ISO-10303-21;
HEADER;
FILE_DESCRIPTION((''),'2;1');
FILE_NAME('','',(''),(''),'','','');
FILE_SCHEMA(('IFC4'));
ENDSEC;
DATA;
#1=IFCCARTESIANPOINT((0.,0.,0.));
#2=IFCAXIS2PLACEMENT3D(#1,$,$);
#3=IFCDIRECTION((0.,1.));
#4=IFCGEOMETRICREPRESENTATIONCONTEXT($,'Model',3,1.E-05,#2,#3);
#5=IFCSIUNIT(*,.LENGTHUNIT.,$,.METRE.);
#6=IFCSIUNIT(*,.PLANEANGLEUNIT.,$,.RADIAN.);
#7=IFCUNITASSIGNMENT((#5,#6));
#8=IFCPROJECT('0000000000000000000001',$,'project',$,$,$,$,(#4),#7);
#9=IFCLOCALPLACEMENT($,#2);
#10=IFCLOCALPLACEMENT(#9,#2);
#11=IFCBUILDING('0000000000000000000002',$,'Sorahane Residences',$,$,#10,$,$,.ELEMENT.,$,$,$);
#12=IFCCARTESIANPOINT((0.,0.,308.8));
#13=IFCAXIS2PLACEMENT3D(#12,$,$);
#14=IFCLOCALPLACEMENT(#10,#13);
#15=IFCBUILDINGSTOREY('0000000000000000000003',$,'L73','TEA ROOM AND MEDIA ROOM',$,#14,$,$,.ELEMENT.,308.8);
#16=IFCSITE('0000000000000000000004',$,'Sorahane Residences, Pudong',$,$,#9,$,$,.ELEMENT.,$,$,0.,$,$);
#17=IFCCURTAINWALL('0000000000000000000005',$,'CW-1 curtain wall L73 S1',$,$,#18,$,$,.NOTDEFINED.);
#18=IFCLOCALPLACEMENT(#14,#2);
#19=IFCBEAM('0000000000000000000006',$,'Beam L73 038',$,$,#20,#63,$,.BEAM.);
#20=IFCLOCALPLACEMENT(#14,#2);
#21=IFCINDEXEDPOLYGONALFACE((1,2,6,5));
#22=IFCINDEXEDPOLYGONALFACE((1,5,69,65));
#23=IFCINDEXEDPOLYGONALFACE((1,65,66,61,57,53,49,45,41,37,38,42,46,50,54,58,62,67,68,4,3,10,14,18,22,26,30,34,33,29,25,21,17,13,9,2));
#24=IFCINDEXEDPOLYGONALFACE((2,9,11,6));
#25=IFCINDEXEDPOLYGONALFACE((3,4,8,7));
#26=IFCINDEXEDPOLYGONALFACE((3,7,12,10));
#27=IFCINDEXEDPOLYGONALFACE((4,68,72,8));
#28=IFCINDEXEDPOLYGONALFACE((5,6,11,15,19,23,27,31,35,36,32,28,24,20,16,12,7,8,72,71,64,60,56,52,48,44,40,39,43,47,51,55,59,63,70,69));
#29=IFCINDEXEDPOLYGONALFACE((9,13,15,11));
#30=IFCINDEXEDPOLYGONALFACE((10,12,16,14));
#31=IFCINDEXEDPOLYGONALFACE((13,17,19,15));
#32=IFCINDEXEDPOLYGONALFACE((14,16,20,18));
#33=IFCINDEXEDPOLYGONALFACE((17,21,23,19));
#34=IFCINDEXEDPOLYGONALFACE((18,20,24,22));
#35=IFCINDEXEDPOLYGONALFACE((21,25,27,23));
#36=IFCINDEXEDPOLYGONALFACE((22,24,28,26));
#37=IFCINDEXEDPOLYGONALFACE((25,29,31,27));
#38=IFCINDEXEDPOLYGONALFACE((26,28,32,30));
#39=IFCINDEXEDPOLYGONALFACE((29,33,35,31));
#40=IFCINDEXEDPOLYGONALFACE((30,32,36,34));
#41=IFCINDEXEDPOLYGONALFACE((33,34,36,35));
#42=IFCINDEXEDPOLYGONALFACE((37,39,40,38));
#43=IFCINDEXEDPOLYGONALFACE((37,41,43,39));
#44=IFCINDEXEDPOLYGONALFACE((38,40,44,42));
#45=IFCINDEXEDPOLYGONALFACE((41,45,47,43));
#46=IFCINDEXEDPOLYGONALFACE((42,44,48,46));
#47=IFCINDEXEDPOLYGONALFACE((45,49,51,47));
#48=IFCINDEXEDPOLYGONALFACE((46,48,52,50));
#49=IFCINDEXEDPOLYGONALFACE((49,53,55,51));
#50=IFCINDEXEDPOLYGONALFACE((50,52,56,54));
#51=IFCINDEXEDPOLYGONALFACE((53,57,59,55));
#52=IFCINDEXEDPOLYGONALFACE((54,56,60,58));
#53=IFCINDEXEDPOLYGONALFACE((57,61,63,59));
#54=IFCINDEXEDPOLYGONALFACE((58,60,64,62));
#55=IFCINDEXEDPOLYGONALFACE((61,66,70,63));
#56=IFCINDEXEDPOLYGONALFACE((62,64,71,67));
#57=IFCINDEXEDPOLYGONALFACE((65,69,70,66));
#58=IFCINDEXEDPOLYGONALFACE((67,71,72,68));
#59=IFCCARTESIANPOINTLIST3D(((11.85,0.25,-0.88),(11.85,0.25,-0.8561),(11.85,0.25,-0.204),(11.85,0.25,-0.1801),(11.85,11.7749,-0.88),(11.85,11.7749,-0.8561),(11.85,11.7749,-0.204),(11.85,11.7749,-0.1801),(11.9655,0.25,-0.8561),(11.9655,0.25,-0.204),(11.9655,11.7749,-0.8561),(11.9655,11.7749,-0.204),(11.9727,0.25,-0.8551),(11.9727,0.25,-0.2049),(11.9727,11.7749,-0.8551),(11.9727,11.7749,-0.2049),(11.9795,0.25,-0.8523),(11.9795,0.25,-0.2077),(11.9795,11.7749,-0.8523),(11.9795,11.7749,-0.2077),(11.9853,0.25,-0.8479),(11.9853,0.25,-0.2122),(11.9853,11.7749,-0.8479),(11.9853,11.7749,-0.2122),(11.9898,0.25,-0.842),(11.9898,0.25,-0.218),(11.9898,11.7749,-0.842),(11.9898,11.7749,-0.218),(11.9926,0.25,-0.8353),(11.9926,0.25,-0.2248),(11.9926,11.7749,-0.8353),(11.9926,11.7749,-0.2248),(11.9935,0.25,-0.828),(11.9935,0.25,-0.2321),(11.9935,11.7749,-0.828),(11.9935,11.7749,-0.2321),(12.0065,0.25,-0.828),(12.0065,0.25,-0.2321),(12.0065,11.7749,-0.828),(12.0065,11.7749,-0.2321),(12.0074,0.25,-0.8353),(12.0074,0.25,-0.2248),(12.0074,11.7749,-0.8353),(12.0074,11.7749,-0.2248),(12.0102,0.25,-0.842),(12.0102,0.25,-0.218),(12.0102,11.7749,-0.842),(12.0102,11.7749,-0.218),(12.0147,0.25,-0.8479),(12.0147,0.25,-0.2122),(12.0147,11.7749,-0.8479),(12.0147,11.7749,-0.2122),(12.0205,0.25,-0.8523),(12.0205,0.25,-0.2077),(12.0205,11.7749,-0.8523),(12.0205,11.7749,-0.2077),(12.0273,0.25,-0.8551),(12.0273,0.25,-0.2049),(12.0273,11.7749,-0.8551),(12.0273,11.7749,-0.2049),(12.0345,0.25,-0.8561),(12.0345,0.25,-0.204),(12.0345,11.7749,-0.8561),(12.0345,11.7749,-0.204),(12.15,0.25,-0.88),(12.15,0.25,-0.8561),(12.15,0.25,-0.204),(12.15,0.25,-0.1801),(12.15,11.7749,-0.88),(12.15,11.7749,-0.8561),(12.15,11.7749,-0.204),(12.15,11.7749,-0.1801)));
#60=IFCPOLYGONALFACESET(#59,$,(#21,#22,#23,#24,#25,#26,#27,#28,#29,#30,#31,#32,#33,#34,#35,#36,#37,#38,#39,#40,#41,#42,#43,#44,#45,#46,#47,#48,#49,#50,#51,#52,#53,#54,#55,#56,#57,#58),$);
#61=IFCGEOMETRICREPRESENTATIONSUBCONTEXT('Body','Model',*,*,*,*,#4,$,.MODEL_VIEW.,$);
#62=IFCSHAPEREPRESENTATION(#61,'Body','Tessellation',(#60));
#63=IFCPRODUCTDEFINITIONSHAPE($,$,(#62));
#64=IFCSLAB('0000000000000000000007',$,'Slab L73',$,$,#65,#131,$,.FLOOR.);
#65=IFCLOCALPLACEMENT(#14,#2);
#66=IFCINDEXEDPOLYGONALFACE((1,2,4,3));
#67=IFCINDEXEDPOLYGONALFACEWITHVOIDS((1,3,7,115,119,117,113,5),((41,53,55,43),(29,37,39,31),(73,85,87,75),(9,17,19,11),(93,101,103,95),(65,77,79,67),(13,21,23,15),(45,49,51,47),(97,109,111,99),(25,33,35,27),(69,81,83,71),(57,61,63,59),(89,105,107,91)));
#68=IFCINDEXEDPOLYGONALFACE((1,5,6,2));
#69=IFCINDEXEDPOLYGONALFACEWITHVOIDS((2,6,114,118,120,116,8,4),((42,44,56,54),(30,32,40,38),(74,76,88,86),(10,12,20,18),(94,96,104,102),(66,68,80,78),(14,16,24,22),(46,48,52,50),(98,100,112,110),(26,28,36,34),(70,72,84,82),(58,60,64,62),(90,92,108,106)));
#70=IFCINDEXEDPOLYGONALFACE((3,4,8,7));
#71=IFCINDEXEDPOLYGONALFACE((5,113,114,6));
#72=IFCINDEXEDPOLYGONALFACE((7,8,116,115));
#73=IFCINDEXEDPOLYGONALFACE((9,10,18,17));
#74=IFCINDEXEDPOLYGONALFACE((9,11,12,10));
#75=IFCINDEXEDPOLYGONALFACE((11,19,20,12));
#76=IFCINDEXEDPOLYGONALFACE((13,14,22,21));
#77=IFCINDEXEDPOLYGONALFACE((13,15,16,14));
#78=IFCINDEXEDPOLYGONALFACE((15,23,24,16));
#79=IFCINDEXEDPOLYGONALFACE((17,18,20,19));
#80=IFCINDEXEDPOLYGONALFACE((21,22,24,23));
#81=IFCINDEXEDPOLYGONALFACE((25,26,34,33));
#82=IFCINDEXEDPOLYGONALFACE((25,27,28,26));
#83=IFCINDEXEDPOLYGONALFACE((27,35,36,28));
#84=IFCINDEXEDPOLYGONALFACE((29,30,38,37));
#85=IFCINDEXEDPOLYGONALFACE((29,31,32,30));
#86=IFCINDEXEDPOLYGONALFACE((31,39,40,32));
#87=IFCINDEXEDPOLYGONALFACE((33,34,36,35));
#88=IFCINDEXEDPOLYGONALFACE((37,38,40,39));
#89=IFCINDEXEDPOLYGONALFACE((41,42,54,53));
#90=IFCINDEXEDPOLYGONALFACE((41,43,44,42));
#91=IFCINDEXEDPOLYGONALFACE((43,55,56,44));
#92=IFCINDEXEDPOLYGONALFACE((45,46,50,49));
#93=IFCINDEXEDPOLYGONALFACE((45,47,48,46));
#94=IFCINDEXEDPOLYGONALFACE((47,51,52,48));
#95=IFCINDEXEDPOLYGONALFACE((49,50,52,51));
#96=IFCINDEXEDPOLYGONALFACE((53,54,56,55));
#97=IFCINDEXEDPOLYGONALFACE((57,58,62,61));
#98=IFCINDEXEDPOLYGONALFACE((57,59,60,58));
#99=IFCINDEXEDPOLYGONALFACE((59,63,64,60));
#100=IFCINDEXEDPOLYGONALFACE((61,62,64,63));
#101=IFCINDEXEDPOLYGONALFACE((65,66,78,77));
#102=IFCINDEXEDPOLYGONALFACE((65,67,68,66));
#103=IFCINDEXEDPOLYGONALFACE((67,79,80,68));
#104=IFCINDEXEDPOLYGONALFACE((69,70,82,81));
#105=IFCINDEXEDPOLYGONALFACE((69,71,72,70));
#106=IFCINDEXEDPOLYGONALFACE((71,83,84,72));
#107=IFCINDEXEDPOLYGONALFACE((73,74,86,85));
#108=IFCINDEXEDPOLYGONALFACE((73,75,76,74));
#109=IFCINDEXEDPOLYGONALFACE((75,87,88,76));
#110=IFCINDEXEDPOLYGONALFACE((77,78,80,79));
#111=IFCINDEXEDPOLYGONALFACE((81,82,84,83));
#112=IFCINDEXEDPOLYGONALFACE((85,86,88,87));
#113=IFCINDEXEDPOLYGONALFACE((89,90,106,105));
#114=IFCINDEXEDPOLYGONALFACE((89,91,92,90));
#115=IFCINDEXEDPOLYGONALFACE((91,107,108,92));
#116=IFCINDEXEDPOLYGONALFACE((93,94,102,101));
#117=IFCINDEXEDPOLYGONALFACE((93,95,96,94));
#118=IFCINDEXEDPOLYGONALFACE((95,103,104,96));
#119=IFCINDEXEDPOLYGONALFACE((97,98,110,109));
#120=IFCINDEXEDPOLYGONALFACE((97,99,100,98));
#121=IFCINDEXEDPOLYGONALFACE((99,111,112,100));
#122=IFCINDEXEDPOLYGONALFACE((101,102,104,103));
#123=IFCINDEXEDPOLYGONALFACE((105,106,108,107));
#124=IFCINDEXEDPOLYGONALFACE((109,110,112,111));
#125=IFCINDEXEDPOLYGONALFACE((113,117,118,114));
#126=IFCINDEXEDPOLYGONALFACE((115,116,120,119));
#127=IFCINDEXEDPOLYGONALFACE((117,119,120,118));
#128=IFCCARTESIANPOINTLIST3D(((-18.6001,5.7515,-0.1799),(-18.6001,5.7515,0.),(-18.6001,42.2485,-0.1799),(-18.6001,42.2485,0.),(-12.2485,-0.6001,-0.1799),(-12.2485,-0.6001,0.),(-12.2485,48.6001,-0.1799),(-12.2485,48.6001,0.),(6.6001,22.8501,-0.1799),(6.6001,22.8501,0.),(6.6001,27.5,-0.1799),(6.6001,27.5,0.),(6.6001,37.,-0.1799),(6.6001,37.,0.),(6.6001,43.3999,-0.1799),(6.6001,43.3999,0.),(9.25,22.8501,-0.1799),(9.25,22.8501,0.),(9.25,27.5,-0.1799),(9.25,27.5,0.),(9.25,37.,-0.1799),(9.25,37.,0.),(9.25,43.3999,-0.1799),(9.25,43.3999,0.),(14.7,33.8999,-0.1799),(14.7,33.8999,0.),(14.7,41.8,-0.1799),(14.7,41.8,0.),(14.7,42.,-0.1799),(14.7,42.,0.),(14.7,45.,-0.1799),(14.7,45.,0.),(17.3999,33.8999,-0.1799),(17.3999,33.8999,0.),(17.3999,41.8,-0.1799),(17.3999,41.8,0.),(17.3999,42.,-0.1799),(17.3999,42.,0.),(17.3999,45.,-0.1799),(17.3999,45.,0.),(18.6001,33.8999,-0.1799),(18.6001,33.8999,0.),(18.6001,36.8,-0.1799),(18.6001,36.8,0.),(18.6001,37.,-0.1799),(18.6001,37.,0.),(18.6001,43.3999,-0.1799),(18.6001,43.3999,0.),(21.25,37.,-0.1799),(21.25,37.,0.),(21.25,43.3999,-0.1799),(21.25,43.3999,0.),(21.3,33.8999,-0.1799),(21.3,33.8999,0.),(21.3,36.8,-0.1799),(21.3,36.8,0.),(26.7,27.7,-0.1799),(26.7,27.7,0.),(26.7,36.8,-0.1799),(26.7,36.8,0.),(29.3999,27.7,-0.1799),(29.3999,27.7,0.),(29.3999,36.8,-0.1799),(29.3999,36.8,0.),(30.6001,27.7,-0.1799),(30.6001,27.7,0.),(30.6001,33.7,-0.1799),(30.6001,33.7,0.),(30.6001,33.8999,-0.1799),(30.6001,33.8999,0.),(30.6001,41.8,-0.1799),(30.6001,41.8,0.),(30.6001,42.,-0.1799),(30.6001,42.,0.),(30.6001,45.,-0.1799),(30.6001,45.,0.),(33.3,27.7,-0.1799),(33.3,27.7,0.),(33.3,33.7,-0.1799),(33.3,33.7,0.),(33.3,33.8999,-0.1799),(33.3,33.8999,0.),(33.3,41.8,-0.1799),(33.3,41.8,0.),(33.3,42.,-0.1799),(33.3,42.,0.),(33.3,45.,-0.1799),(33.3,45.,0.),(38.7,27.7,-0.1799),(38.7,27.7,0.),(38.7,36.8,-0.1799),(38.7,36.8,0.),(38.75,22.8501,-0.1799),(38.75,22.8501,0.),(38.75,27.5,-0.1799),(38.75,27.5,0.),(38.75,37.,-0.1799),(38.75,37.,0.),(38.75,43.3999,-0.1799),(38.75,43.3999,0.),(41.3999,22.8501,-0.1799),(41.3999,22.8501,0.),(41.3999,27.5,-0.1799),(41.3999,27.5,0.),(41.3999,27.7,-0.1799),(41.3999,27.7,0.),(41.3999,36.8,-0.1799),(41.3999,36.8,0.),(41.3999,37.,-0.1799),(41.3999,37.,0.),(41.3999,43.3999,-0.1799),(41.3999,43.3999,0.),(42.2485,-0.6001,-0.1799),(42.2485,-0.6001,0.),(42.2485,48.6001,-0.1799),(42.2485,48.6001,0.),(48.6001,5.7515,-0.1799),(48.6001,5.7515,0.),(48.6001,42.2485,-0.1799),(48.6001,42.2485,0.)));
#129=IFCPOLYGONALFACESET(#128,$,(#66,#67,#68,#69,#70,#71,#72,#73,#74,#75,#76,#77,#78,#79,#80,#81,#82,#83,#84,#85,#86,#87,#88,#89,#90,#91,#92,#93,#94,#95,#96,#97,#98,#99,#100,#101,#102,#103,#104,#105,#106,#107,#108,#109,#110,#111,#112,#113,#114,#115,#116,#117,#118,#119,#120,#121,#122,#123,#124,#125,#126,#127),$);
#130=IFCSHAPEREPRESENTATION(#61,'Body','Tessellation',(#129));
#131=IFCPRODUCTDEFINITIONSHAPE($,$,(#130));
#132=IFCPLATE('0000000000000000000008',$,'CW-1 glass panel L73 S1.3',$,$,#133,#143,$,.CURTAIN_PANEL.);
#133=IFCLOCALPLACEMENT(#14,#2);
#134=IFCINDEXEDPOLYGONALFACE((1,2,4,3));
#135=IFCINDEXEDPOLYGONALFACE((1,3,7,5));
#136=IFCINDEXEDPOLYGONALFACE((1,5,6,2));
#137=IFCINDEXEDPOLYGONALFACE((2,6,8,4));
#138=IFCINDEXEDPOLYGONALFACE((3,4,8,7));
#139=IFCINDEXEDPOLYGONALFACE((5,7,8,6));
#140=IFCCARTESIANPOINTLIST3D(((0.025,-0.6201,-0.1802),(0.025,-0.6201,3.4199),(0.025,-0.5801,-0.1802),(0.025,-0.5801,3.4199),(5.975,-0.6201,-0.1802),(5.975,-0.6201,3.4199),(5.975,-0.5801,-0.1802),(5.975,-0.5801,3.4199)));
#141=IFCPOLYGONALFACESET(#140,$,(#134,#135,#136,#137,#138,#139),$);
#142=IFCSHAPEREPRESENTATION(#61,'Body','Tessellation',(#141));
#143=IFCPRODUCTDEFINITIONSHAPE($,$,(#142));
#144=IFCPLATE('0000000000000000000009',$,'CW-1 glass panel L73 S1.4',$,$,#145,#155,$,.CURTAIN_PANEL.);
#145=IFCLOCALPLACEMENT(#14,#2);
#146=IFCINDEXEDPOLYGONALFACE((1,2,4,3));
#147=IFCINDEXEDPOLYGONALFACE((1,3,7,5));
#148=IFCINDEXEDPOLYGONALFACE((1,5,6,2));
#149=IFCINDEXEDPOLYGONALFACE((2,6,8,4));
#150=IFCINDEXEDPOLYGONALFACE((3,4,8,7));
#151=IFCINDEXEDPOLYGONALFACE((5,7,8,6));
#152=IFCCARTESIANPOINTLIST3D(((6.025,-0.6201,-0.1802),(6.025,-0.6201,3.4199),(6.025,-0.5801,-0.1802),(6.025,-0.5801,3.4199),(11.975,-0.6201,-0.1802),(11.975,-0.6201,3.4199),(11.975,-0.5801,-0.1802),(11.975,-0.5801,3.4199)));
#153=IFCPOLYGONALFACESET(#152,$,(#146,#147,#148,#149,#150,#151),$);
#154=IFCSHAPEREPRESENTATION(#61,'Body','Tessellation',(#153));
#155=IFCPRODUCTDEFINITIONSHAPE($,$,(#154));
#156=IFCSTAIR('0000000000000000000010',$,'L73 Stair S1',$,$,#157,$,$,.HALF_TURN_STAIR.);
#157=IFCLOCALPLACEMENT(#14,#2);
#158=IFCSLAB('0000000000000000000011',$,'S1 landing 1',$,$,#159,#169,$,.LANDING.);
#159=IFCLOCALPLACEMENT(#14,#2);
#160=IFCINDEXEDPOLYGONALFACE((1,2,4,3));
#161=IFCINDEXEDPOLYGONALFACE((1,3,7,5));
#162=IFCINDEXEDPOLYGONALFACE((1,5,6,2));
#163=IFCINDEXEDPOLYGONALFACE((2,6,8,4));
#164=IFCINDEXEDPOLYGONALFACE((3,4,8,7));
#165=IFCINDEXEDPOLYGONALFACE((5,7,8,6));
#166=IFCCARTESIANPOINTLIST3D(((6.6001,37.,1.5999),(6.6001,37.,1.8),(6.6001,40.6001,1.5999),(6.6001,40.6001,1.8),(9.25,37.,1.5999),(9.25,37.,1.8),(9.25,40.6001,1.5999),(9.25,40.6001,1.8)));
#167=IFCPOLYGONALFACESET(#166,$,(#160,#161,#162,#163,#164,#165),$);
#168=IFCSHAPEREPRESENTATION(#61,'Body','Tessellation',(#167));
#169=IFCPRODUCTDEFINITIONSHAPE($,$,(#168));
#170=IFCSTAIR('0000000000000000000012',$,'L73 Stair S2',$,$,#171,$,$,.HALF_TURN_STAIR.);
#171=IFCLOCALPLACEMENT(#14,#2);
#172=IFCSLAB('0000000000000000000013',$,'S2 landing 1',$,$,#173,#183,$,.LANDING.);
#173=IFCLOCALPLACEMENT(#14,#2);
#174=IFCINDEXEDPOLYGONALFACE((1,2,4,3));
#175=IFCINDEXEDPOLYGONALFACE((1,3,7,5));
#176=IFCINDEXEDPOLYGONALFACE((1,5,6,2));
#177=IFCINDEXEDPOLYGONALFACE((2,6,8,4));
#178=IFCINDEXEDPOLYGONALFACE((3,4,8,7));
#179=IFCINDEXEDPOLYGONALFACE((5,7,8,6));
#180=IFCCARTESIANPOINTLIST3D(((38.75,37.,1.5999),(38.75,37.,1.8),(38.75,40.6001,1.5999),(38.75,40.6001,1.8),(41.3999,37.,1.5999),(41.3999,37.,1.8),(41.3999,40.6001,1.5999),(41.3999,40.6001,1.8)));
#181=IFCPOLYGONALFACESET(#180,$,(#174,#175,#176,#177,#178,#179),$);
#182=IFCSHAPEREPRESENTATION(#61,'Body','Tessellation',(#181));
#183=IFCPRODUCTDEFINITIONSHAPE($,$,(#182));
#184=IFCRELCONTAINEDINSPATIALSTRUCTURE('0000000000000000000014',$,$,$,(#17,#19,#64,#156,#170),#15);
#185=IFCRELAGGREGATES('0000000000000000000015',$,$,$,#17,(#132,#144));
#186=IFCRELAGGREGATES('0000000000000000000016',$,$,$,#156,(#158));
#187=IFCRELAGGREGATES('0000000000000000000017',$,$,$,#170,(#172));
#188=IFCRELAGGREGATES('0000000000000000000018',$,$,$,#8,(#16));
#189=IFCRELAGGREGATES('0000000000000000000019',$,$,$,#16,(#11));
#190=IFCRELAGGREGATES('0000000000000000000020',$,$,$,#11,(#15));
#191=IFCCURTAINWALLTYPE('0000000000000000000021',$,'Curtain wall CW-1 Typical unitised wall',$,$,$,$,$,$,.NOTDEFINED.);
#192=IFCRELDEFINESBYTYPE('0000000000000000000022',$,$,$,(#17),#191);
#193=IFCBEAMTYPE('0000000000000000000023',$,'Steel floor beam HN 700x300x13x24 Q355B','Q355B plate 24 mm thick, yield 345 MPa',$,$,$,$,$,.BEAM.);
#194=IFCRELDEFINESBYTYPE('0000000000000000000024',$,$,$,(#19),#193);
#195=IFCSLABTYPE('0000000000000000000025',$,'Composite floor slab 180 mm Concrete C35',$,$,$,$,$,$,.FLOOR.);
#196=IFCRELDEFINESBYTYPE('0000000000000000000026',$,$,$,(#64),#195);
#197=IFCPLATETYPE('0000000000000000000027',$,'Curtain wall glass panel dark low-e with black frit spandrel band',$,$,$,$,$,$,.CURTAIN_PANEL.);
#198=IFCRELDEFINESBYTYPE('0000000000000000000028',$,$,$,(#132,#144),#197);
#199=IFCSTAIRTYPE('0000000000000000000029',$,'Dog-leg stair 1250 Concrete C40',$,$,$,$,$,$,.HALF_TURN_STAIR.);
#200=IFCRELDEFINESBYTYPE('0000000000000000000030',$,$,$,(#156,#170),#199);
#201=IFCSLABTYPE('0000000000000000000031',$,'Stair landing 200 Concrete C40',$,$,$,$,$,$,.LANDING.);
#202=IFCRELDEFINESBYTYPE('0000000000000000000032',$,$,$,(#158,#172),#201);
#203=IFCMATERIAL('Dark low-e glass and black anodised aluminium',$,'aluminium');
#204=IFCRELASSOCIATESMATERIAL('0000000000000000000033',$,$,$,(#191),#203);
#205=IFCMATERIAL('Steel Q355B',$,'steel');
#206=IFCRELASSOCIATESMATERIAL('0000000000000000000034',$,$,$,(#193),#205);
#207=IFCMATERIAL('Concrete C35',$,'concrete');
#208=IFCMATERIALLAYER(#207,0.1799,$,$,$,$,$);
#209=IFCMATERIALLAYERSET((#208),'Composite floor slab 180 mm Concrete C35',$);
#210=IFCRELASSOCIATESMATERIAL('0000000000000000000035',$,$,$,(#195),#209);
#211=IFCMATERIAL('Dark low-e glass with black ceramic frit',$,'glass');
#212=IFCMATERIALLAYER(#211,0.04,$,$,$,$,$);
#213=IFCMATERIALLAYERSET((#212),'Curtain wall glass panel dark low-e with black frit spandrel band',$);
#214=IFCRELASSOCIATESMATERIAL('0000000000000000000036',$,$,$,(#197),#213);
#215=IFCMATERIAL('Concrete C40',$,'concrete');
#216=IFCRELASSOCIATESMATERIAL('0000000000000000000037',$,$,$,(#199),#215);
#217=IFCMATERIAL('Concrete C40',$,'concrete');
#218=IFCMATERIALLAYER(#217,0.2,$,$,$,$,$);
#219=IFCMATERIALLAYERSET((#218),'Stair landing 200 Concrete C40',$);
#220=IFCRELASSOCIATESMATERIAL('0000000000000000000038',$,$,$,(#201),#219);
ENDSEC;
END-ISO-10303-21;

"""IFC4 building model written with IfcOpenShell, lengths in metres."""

from ifc_helpers import new_model, si_unit, direction, frame, origin, origin_2d, place, context, subcontext, project, spatial, polyline, rectangle, i_section, outline, extrude, material, layer, layer_set, material_profile, profile_set, type_object, element, aggregate, save


model = new_model("IFC4")

# Units and contexts
model_context = context("Model", 3, precision=1e-05, world=origin(), true_north=direction((0.0, 1.0)))
body_context = subcontext(model_context, "Body", "Model", "MODEL_VIEW")
ifc_project = project(units=[si_unit("LENGTHUNIT", "METRE"), si_unit("PLANEANGLEUNIT", "RADIAN")], contexts=[model_context])

# Site, building, storey
site_placement = place(None, origin())
site = spatial("IfcSite", under=ifc_project, at=site_placement, Name="Sorahane Residences, Pudong", CompositionType="ELEMENT", RefElevation=0.0)
building_placement = place(site_placement, origin())
building = spatial("IfcBuilding", under=site, at=building_placement, Name="Sorahane Residences", CompositionType="ELEMENT")
storey_placement = place(building_placement, frame((0.0, 0.0, 308.8)))
storey = spatial("IfcBuildingStorey", under=building, at=storey_placement, Name="L73", Description="TEA ROOM AND MEDIA ROOM", CompositionType="ELEMENT", Elevation=308.8)

# Curtain wall
ifc_material_1 = material(Name="Dark low-e glass and black anodised aluminium", Category="aluminium")
curtain_wall_type = type_object("IfcCurtainWallType", Name="Curtain wall CW-1 Typical unitised wall", PredefinedType="NOTDEFINED", material=ifc_material_1)
curtain_wall_placement = place(storey_placement, origin())
curtain_wall = element("IfcCurtainWall", 1, at=curtain_wall_placement, inside=storey, type_object=curtain_wall_type, Name="CW-1 curtain wall L73 S1", PredefinedType="NOTDEFINED")

# Beam
ifc_material_2 = material(Name="Steel Q355B", Category="steel")
ifc_material_profile_1 = material_profile(ifc_material_2, i_section(OverallWidth=0.3, OverallDepth=0.7, WebThickness=0.0129, FlangeThickness=0.0239, FilletRadius=0.0281, at=origin_2d()), Name="HN 700x300x13x24")
ifc_profile_set_1 = profile_set([ifc_material_profile_1], Name="Steel Q355B")
beam_type_1 = type_object("IfcBeamType", Name="Steel floor beam HN 700x300x13x24 Q355B", Description="Q355B plate 24 mm thick, yield 345 MPa", PredefinedType="BEAM", material=ifc_profile_set_1)
beam_1_placement = place(storey_placement, frame((12.0, 0.25, -0.53), z_axis=(0.0, 1.0, 0.0), x_axis=(-1.0, 0.0, 0.0)))
element("IfcBeam", 2, at=beam_1_placement, inside=storey, type_object=beam_type_1, Name="Beam L73 038", PredefinedType="BEAM", context=body_context, shape_type="SweptSolid", body=[
    extrude(i_section(OverallWidth=0.3, OverallDepth=0.7, WebThickness=0.0129, FlangeThickness=0.0239, FilletRadius=0.0281, at=origin_2d()), origin(), (0.0, 0.0, 1.0), 11.5249),
])

# Slab
ifc_material_3 = material(Name="Concrete C35", Category="concrete")
ifc_layer_1 = layer(ifc_material_3, 0.1799)
ifc_layer_set_1 = layer_set([ifc_layer_1], Name="Composite floor slab 180 mm Concrete C35")
slab_type_1 = type_object("IfcSlabType", Name="Composite floor slab 180 mm Concrete C35", PredefinedType="FLOOR", material=ifc_layer_set_1)
slab_1_placement = place(storey_placement, frame((0.0, 0.0, -0.1799)))
element("IfcSlab", 3, at=slab_1_placement, inside=storey, type_object=slab_type_1, Name="Slab L73", PredefinedType="FLOOR", context=body_context, shape_type="SweptSolid", body=[
    extrude(outline(polyline([(-12.2485, -0.6001), (-18.6001, 5.7515), (-18.6001, 42.2485), (-12.2485, 48.6001), (42.2485, 48.6001), (48.6001, 42.2485), (48.6001, 5.7515), (42.2485, -0.6001), (-12.2485, -0.6001)]), holes=[polyline([(38.7, 27.7), (41.3999, 27.7), (41.3999, 36.8), (38.7, 36.8), (38.7, 27.7)]), polyline([(30.6001, 27.7), (33.3, 27.7), (33.3, 33.7), (30.6001, 33.7), (30.6001, 27.7)]), polyline([(30.6001, 42.0), (33.3, 42.0), (33.3, 45.0), (30.6001, 45.0), (30.6001, 42.0)]), polyline([(14.7, 42.0), (17.3999, 42.0), (17.3999, 45.0), (14.7, 45.0), (14.7, 42.0)]), polyline([(6.6001, 43.3999), (6.6001, 37.0), (9.25, 37.0), (9.25, 43.3999), (6.6001, 43.3999)]), polyline([(38.75, 43.3999), (38.75, 37.0), (41.3999, 37.0), (41.3999, 43.3999), (38.75, 43.3999)]), polyline([(18.6001, 43.3999), (18.6001, 37.0), (21.25, 37.0), (21.25, 43.3999), (18.6001, 43.3999)]), polyline([(9.25, 22.8501), (9.25, 27.5), (6.6001, 27.5), (6.6001, 22.8501), (9.25, 22.8501)]), polyline([(41.3999, 22.8501), (41.3999, 27.5), (38.75, 27.5), (38.75, 22.8501), (41.3999, 22.8501)]), polyline([(14.7, 33.8999), (17.3999, 33.8999), (17.3999, 41.8), (14.7, 41.8), (14.7, 33.8999)]), polyline([(30.6001, 33.8999), (33.3, 33.8999), (33.3, 41.8), (30.6001, 41.8), (30.6001, 33.8999)]), polyline([(18.6001, 33.8999), (21.3, 33.8999), (21.3, 36.8), (18.6001, 36.8), (18.6001, 33.8999)]), polyline([(26.7, 27.7), (29.3999, 27.7), (29.3999, 36.8), (26.7, 36.8), (26.7, 27.7)])]), origin(), (0.0, 0.0, 1.0), 0.1799),
])

# Plates
ifc_material_4 = material(Name="Dark low-e glass with black ceramic frit", Category="glass")
ifc_layer_2 = layer(ifc_material_4, 0.04)
ifc_layer_set_2 = layer_set([ifc_layer_2], Name="Curtain wall glass panel dark low-e with black frit spandrel band")
plate_type = type_object("IfcPlateType", Name="Curtain wall glass panel dark low-e with black frit spandrel band", PredefinedType="CURTAIN_PANEL", material=ifc_layer_set_2)
plate_1_placement = place(storey_placement, frame((3.0, -0.6001, -0.1802), z_axis=(0.0, 0.0, 1.0), x_axis=(1.0, 0.0, 0.0)))
plate_1 = element("IfcPlate", 4, at=plate_1_placement, type_object=plate_type, Name="CW-1 glass panel L73 S1.3", PredefinedType="CURTAIN_PANEL", context=body_context, shape_type="SweptSolid", body=[
    extrude(rectangle(XDim=5.95, YDim=0.04, at=origin_2d()), origin(), (0.0, 0.0, 1.0), 3.6001),
])
plate_2_placement = place(storey_placement, frame((9.0, -0.6001, -0.1802), z_axis=(0.0, 0.0, 1.0), x_axis=(1.0, 0.0, 0.0)))
plate_2 = element("IfcPlate", 5, at=plate_2_placement, type_object=plate_type, Name="CW-1 glass panel L73 S1.4", PredefinedType="CURTAIN_PANEL", context=body_context, shape_type="SweptSolid", body=[
    extrude(rectangle(XDim=5.95, YDim=0.04, at=origin_2d()), origin(), (0.0, 0.0, 1.0), 3.6001),
])
aggregate(curtain_wall, [plate_1, plate_2])

# Stairs, slabs
ifc_material_5 = material(Name="Concrete C40", Category="concrete")
stair_type = type_object("IfcStairType", Name="Dog-leg stair 1250 Concrete C40", PredefinedType="HALF_TURN_STAIR", material=ifc_material_5)
stair_1_placement = place(storey_placement, origin())
stair_1 = element("IfcStair", 6, at=stair_1_placement, inside=storey, type_object=stair_type, Name="L73 Stair S1", PredefinedType="HALF_TURN_STAIR")
ifc_material_6 = material(Name="Concrete C40", Category="concrete")
ifc_layer_3 = layer(ifc_material_6, 0.2)
ifc_layer_set_3 = layer_set([ifc_layer_3], Name="Stair landing 200 Concrete C40")
slab_type_2 = type_object("IfcSlabType", Name="Stair landing 200 Concrete C40", PredefinedType="LANDING", material=ifc_layer_set_3)
slab_2_placement = place(storey_placement, frame((0.0, 0.0, 1.5999)))
slab_2 = element("IfcSlab", 7, at=slab_2_placement, type_object=slab_type_2, Name="S1 landing 1", PredefinedType="LANDING", context=body_context, shape_type="SweptSolid", body=[
    extrude(outline(polyline([(6.6001, 40.6001), (6.6001, 37.0), (9.25, 37.0), (9.25, 40.6001), (6.6001, 40.6001)])), origin(), (0.0, 0.0, 1.0), 0.2002),
])
aggregate(stair_1, [slab_2])
stair_2_placement = place(storey_placement, origin())
stair_2 = element("IfcStair", 8, at=stair_2_placement, inside=storey, type_object=stair_type, Name="L73 Stair S2", PredefinedType="HALF_TURN_STAIR")
slab_3_placement = place(storey_placement, frame((0.0, 0.0, 1.5999)))
slab_3 = element("IfcSlab", 9, at=slab_3_placement, type_object=slab_type_2, Name="S2 landing 1", PredefinedType="LANDING", context=body_context, shape_type="SweptSolid", body=[
    extrude(outline(polyline([(38.75, 40.6001), (38.75, 37.0), (41.3999, 37.0), (41.3999, 40.6001), (38.75, 40.6001)])), origin(), (0.0, 0.0, 1.0), 0.2002),
])
aggregate(stair_2, [slab_3])

save(model, "model.ifc")
